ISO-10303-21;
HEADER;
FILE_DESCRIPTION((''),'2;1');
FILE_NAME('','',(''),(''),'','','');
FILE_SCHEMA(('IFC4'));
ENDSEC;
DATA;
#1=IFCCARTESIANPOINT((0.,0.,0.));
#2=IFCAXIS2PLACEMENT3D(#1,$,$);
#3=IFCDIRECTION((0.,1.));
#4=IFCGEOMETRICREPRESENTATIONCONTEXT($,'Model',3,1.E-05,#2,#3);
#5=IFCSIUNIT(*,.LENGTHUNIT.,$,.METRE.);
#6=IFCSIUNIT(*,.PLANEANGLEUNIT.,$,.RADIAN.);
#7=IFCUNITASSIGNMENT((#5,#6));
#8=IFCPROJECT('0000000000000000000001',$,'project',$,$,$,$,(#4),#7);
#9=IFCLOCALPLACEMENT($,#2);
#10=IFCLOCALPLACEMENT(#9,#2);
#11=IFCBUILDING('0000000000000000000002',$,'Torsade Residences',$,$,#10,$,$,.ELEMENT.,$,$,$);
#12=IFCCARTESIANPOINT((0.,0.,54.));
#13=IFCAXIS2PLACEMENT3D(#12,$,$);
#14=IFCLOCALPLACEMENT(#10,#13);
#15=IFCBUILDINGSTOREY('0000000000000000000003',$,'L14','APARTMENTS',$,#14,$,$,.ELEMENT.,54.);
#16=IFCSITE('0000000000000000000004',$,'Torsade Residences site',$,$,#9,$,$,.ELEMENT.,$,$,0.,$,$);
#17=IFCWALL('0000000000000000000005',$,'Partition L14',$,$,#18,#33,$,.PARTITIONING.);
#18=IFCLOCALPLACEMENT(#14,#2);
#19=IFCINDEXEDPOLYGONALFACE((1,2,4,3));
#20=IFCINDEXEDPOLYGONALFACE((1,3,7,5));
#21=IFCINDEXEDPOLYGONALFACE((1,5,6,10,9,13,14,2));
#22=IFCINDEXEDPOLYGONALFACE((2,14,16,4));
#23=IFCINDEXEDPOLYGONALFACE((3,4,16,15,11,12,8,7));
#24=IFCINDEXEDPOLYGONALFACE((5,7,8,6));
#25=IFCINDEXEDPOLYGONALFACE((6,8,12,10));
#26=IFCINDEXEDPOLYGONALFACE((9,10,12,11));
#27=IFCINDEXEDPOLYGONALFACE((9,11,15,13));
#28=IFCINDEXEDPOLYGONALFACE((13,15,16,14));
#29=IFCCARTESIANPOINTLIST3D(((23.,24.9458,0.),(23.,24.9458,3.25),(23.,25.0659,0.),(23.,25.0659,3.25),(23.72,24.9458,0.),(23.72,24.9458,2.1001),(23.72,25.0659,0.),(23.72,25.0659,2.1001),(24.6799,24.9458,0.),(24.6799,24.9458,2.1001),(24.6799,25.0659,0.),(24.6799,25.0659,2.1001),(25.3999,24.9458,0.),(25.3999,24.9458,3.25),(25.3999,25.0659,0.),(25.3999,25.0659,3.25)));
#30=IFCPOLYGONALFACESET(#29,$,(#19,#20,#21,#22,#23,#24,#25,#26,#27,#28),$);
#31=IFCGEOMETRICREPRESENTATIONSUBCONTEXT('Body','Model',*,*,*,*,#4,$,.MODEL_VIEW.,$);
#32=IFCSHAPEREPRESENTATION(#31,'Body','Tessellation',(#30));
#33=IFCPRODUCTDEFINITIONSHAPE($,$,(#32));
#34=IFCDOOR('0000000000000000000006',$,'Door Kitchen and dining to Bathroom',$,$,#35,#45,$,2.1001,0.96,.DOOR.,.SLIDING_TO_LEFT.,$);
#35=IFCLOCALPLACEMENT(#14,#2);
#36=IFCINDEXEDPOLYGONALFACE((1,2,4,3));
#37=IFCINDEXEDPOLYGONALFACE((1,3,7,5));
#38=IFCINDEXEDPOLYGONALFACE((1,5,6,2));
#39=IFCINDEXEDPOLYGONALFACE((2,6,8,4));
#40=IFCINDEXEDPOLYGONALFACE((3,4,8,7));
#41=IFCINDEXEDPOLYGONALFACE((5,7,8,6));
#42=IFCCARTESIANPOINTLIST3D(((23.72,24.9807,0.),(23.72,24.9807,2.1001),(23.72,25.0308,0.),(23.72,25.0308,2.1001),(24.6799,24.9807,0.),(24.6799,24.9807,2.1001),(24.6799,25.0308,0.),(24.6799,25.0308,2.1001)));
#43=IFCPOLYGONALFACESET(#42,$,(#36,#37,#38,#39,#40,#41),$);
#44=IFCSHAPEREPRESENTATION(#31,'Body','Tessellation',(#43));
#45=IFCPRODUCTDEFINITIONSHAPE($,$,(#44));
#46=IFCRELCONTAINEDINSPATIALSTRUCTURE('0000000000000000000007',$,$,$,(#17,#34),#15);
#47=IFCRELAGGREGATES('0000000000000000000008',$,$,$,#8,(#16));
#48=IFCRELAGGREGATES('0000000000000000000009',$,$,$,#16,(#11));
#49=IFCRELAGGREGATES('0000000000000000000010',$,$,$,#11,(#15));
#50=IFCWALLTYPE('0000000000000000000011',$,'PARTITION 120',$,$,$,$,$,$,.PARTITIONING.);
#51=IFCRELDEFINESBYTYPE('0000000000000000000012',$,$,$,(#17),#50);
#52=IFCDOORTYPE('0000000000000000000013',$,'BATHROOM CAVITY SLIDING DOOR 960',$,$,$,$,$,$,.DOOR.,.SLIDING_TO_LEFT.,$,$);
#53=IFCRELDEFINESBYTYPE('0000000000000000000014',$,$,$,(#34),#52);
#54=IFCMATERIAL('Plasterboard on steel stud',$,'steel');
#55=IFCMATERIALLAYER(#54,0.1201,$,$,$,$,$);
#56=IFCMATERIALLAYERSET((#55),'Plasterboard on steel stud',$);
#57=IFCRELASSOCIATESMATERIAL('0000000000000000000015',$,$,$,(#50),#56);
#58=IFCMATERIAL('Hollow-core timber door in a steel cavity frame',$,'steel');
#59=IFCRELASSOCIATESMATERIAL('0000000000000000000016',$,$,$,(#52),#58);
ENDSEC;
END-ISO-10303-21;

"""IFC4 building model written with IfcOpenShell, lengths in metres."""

from ifc_helpers import new_model, si_unit, direction, frame, frame_2d, origin, place, context, subcontext, project, spatial, rectangle, extrude, material, layer, layer_set, type_object, element, fill, save


model = new_model("IFC4")

# Units and contexts
model_context = context("Model", 3, precision=1e-05, world=origin(), true_north=direction((0.0, 1.0)))
body_context = subcontext(model_context, "Body", "Model", "MODEL_VIEW")
ifc_project = project(units=[si_unit("LENGTHUNIT", "METRE"), si_unit("PLANEANGLEUNIT", "RADIAN")], contexts=[model_context])

# Site, building, storey
site_placement = place(None, origin())
site = spatial("IfcSite", under=ifc_project, at=site_placement, Name="Torsade Residences site", CompositionType="ELEMENT", RefElevation=0.0)
building_placement = place(site_placement, origin())
building = spatial("IfcBuilding", under=site, at=building_placement, Name="Torsade Residences", CompositionType="ELEMENT")
storey_placement = place(building_placement, frame((0.0, 0.0, 54.0)))
storey = spatial("IfcBuildingStorey", under=building, at=storey_placement, Name="L14", Description="APARTMENTS", CompositionType="ELEMENT", Elevation=54.0)

# Wall, opening, door
ifc_material_1 = material(Name="Plasterboard on steel stud", Category="steel")
ifc_layer_1 = layer(ifc_material_1, 0.1201)
ifc_layer_set_1 = layer_set([ifc_layer_1], Name="Plasterboard on steel stud")
wall_type_1 = type_object("IfcWallType", Name="PARTITION 120", PredefinedType="PARTITIONING", material=ifc_layer_set_1)
wall_1_placement = place(storey_placement, frame((23.0, 25.0059, 0.0), z_axis=(0.0, 0.0, 1.0), x_axis=(1.0, 0.0, 0.0)))
wall_1 = element("IfcWall", 1, at=wall_1_placement, inside=storey, type_object=wall_type_1, Name="Partition L14", PredefinedType="PARTITIONING", context=body_context, shape_type="SweptSolid", body=[
    extrude(rectangle(XDim=2.3999, YDim=0.1201, at=frame_2d((1.2, 0.0))), origin(), (0.0, 0.0, 1.0), 3.25),
])
opening_1_placement = place(wall_1_placement, frame((0.72, 0.0, 0.0)))
opening_1 = element("IfcOpeningElement", 2, at=opening_1_placement, cuts=wall_1, PredefinedType="OPENING", context=body_context, shape_type="SweptSolid", body=[
    extrude(rectangle(XDim=0.96, YDim=2.1001, at=frame_2d((0.48, 1.05))), frame((0.0, 0.0701, 0.0), z_axis=(0.0, -1.0, 0.0), x_axis=(1.0, 0.0, 0.0)), (0.0, 0.0, 1.0), 0.1401),
])
ifc_material_2 = material(Name="Hollow-core timber door in a steel cavity frame", Category="steel")
door_type_1 = type_object("IfcDoorType", Name="BATHROOM CAVITY SLIDING DOOR 960", OperationType="SLIDING_TO_LEFT", PredefinedType="DOOR", material=ifc_material_2)
door_1_placement = place(opening_1_placement, origin())
door_1 = element("IfcDoor", 3, at=door_1_placement, inside=storey, type_object=door_type_1, Name="Door Kitchen and dining to Bathroom", OperationType="SLIDING_TO_LEFT", OverallHeight=2.1001, OverallWidth=0.96, PredefinedType="DOOR", context=body_context, shape_type="SweptSolid", body=[
    extrude(rectangle(XDim=0.96, YDim=2.1001, at=frame_2d((0.48, 1.05))), frame((0.0, 0.0249, 0.0), z_axis=(0.0, -1.0, 0.0), x_axis=(1.0, 0.0, 0.0)), (0.0, 0.0, 1.0), 0.05),
])
fill(opening_1, door_1)

save(model, "model.ifc")
